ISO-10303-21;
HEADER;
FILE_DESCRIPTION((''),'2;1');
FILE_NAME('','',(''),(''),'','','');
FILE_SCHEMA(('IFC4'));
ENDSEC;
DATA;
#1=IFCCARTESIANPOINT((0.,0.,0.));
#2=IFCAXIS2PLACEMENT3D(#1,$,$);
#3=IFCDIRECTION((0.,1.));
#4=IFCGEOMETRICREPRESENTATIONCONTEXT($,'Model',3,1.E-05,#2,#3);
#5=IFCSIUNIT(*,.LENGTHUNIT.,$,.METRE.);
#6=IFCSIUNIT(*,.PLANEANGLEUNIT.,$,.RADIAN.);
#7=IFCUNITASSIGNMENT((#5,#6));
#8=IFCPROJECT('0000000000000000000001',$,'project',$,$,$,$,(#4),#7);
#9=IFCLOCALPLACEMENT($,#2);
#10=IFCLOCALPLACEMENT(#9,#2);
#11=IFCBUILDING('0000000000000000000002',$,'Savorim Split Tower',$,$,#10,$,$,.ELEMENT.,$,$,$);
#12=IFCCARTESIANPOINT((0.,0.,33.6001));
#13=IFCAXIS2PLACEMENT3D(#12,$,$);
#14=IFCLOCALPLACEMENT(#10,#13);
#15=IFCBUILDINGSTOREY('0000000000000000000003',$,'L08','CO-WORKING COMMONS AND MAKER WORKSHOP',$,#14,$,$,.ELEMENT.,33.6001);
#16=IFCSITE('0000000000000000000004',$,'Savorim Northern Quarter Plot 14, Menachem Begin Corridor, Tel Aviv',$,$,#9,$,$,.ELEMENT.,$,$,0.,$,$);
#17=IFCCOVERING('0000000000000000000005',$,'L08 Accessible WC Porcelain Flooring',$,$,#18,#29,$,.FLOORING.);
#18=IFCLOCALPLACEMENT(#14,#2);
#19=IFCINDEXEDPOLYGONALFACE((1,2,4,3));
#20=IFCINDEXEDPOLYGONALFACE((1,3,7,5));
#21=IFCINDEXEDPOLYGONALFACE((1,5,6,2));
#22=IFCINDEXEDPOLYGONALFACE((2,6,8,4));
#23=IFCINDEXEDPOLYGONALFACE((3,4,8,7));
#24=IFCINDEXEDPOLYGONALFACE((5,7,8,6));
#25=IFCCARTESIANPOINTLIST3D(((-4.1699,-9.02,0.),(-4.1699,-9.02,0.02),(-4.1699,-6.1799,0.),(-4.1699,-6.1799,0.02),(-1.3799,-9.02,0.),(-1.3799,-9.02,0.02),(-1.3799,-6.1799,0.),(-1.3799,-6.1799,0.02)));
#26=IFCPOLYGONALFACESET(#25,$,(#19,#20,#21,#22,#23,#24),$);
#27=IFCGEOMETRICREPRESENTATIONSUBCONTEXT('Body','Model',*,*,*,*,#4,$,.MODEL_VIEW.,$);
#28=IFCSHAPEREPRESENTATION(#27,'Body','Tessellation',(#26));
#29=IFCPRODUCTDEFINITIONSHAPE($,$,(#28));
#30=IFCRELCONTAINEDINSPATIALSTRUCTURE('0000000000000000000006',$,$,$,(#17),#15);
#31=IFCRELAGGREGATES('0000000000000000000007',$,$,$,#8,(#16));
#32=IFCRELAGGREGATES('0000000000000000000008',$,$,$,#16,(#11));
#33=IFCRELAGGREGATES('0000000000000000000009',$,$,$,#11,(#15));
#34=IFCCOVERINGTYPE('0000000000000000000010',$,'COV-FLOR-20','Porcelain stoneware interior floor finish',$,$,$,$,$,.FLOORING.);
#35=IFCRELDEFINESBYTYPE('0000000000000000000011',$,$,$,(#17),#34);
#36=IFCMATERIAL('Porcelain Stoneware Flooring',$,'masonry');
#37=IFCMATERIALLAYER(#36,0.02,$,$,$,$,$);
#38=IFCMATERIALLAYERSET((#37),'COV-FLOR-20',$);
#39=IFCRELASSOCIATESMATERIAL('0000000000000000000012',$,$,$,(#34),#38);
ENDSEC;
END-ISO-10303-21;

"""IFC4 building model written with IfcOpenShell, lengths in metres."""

from ifc_helpers import new_model, si_unit, direction, frame, origin, place, context, subcontext, project, spatial, polyline, outline, extrude, material, layer, layer_set, type_object, element, save


model = new_model("IFC4")

# Units and contexts
model_context = context("Model", 3, precision=1e-05, world=origin(), true_north=direction((0.0, 1.0)))
body_context = subcontext(model_context, "Body", "Model", "MODEL_VIEW")
ifc_project = project(units=[si_unit("LENGTHUNIT", "METRE"), si_unit("PLANEANGLEUNIT", "RADIAN")], contexts=[model_context])

# Site, building, storey
site_placement = place(None, origin())
site = spatial("IfcSite", under=ifc_project, at=site_placement, Name="Savorim Northern Quarter Plot 14, Menachem Begin Corridor, Tel Aviv", CompositionType="ELEMENT", RefElevation=0.0)
building_placement = place(site_placement, origin())
building = spatial("IfcBuilding", under=site, at=building_placement, Name="Savorim Split Tower", CompositionType="ELEMENT")
storey_placement = place(building_placement, frame((0.0, 0.0, 33.6001)))
storey = spatial("IfcBuildingStorey", under=building, at=storey_placement, Name="L08", Description="CO-WORKING COMMONS AND MAKER WORKSHOP", CompositionType="ELEMENT", Elevation=33.6001)

# Covering
ifc_material_1 = material(Name="Porcelain Stoneware Flooring", Category="masonry")
ifc_layer_1 = layer(ifc_material_1, 0.02)
ifc_layer_set_1 = layer_set([ifc_layer_1], Name="COV-FLOR-20")
covering_type_1 = type_object("IfcCoveringType", Name="COV-FLOR-20", Description="Porcelain stoneware interior floor finish", PredefinedType="FLOORING", material=ifc_layer_set_1)
covering_1_placement = place(storey_placement, origin())
element("IfcCovering", 1, at=covering_1_placement, inside=storey, type_object=covering_type_1, Name="L08 Accessible WC Porcelain Flooring", PredefinedType="FLOORING", context=body_context, shape_type="SweptSolid", body=[
    extrude(outline(polyline([(-4.1699, -6.1799), (-4.1699, -9.02), (-1.3799, -9.02), (-1.3799, -6.1799), (-4.1699, -6.1799)])), origin(), (0.0, 0.0, 1.0), 0.02),
])

save(model, "model.ifc")
